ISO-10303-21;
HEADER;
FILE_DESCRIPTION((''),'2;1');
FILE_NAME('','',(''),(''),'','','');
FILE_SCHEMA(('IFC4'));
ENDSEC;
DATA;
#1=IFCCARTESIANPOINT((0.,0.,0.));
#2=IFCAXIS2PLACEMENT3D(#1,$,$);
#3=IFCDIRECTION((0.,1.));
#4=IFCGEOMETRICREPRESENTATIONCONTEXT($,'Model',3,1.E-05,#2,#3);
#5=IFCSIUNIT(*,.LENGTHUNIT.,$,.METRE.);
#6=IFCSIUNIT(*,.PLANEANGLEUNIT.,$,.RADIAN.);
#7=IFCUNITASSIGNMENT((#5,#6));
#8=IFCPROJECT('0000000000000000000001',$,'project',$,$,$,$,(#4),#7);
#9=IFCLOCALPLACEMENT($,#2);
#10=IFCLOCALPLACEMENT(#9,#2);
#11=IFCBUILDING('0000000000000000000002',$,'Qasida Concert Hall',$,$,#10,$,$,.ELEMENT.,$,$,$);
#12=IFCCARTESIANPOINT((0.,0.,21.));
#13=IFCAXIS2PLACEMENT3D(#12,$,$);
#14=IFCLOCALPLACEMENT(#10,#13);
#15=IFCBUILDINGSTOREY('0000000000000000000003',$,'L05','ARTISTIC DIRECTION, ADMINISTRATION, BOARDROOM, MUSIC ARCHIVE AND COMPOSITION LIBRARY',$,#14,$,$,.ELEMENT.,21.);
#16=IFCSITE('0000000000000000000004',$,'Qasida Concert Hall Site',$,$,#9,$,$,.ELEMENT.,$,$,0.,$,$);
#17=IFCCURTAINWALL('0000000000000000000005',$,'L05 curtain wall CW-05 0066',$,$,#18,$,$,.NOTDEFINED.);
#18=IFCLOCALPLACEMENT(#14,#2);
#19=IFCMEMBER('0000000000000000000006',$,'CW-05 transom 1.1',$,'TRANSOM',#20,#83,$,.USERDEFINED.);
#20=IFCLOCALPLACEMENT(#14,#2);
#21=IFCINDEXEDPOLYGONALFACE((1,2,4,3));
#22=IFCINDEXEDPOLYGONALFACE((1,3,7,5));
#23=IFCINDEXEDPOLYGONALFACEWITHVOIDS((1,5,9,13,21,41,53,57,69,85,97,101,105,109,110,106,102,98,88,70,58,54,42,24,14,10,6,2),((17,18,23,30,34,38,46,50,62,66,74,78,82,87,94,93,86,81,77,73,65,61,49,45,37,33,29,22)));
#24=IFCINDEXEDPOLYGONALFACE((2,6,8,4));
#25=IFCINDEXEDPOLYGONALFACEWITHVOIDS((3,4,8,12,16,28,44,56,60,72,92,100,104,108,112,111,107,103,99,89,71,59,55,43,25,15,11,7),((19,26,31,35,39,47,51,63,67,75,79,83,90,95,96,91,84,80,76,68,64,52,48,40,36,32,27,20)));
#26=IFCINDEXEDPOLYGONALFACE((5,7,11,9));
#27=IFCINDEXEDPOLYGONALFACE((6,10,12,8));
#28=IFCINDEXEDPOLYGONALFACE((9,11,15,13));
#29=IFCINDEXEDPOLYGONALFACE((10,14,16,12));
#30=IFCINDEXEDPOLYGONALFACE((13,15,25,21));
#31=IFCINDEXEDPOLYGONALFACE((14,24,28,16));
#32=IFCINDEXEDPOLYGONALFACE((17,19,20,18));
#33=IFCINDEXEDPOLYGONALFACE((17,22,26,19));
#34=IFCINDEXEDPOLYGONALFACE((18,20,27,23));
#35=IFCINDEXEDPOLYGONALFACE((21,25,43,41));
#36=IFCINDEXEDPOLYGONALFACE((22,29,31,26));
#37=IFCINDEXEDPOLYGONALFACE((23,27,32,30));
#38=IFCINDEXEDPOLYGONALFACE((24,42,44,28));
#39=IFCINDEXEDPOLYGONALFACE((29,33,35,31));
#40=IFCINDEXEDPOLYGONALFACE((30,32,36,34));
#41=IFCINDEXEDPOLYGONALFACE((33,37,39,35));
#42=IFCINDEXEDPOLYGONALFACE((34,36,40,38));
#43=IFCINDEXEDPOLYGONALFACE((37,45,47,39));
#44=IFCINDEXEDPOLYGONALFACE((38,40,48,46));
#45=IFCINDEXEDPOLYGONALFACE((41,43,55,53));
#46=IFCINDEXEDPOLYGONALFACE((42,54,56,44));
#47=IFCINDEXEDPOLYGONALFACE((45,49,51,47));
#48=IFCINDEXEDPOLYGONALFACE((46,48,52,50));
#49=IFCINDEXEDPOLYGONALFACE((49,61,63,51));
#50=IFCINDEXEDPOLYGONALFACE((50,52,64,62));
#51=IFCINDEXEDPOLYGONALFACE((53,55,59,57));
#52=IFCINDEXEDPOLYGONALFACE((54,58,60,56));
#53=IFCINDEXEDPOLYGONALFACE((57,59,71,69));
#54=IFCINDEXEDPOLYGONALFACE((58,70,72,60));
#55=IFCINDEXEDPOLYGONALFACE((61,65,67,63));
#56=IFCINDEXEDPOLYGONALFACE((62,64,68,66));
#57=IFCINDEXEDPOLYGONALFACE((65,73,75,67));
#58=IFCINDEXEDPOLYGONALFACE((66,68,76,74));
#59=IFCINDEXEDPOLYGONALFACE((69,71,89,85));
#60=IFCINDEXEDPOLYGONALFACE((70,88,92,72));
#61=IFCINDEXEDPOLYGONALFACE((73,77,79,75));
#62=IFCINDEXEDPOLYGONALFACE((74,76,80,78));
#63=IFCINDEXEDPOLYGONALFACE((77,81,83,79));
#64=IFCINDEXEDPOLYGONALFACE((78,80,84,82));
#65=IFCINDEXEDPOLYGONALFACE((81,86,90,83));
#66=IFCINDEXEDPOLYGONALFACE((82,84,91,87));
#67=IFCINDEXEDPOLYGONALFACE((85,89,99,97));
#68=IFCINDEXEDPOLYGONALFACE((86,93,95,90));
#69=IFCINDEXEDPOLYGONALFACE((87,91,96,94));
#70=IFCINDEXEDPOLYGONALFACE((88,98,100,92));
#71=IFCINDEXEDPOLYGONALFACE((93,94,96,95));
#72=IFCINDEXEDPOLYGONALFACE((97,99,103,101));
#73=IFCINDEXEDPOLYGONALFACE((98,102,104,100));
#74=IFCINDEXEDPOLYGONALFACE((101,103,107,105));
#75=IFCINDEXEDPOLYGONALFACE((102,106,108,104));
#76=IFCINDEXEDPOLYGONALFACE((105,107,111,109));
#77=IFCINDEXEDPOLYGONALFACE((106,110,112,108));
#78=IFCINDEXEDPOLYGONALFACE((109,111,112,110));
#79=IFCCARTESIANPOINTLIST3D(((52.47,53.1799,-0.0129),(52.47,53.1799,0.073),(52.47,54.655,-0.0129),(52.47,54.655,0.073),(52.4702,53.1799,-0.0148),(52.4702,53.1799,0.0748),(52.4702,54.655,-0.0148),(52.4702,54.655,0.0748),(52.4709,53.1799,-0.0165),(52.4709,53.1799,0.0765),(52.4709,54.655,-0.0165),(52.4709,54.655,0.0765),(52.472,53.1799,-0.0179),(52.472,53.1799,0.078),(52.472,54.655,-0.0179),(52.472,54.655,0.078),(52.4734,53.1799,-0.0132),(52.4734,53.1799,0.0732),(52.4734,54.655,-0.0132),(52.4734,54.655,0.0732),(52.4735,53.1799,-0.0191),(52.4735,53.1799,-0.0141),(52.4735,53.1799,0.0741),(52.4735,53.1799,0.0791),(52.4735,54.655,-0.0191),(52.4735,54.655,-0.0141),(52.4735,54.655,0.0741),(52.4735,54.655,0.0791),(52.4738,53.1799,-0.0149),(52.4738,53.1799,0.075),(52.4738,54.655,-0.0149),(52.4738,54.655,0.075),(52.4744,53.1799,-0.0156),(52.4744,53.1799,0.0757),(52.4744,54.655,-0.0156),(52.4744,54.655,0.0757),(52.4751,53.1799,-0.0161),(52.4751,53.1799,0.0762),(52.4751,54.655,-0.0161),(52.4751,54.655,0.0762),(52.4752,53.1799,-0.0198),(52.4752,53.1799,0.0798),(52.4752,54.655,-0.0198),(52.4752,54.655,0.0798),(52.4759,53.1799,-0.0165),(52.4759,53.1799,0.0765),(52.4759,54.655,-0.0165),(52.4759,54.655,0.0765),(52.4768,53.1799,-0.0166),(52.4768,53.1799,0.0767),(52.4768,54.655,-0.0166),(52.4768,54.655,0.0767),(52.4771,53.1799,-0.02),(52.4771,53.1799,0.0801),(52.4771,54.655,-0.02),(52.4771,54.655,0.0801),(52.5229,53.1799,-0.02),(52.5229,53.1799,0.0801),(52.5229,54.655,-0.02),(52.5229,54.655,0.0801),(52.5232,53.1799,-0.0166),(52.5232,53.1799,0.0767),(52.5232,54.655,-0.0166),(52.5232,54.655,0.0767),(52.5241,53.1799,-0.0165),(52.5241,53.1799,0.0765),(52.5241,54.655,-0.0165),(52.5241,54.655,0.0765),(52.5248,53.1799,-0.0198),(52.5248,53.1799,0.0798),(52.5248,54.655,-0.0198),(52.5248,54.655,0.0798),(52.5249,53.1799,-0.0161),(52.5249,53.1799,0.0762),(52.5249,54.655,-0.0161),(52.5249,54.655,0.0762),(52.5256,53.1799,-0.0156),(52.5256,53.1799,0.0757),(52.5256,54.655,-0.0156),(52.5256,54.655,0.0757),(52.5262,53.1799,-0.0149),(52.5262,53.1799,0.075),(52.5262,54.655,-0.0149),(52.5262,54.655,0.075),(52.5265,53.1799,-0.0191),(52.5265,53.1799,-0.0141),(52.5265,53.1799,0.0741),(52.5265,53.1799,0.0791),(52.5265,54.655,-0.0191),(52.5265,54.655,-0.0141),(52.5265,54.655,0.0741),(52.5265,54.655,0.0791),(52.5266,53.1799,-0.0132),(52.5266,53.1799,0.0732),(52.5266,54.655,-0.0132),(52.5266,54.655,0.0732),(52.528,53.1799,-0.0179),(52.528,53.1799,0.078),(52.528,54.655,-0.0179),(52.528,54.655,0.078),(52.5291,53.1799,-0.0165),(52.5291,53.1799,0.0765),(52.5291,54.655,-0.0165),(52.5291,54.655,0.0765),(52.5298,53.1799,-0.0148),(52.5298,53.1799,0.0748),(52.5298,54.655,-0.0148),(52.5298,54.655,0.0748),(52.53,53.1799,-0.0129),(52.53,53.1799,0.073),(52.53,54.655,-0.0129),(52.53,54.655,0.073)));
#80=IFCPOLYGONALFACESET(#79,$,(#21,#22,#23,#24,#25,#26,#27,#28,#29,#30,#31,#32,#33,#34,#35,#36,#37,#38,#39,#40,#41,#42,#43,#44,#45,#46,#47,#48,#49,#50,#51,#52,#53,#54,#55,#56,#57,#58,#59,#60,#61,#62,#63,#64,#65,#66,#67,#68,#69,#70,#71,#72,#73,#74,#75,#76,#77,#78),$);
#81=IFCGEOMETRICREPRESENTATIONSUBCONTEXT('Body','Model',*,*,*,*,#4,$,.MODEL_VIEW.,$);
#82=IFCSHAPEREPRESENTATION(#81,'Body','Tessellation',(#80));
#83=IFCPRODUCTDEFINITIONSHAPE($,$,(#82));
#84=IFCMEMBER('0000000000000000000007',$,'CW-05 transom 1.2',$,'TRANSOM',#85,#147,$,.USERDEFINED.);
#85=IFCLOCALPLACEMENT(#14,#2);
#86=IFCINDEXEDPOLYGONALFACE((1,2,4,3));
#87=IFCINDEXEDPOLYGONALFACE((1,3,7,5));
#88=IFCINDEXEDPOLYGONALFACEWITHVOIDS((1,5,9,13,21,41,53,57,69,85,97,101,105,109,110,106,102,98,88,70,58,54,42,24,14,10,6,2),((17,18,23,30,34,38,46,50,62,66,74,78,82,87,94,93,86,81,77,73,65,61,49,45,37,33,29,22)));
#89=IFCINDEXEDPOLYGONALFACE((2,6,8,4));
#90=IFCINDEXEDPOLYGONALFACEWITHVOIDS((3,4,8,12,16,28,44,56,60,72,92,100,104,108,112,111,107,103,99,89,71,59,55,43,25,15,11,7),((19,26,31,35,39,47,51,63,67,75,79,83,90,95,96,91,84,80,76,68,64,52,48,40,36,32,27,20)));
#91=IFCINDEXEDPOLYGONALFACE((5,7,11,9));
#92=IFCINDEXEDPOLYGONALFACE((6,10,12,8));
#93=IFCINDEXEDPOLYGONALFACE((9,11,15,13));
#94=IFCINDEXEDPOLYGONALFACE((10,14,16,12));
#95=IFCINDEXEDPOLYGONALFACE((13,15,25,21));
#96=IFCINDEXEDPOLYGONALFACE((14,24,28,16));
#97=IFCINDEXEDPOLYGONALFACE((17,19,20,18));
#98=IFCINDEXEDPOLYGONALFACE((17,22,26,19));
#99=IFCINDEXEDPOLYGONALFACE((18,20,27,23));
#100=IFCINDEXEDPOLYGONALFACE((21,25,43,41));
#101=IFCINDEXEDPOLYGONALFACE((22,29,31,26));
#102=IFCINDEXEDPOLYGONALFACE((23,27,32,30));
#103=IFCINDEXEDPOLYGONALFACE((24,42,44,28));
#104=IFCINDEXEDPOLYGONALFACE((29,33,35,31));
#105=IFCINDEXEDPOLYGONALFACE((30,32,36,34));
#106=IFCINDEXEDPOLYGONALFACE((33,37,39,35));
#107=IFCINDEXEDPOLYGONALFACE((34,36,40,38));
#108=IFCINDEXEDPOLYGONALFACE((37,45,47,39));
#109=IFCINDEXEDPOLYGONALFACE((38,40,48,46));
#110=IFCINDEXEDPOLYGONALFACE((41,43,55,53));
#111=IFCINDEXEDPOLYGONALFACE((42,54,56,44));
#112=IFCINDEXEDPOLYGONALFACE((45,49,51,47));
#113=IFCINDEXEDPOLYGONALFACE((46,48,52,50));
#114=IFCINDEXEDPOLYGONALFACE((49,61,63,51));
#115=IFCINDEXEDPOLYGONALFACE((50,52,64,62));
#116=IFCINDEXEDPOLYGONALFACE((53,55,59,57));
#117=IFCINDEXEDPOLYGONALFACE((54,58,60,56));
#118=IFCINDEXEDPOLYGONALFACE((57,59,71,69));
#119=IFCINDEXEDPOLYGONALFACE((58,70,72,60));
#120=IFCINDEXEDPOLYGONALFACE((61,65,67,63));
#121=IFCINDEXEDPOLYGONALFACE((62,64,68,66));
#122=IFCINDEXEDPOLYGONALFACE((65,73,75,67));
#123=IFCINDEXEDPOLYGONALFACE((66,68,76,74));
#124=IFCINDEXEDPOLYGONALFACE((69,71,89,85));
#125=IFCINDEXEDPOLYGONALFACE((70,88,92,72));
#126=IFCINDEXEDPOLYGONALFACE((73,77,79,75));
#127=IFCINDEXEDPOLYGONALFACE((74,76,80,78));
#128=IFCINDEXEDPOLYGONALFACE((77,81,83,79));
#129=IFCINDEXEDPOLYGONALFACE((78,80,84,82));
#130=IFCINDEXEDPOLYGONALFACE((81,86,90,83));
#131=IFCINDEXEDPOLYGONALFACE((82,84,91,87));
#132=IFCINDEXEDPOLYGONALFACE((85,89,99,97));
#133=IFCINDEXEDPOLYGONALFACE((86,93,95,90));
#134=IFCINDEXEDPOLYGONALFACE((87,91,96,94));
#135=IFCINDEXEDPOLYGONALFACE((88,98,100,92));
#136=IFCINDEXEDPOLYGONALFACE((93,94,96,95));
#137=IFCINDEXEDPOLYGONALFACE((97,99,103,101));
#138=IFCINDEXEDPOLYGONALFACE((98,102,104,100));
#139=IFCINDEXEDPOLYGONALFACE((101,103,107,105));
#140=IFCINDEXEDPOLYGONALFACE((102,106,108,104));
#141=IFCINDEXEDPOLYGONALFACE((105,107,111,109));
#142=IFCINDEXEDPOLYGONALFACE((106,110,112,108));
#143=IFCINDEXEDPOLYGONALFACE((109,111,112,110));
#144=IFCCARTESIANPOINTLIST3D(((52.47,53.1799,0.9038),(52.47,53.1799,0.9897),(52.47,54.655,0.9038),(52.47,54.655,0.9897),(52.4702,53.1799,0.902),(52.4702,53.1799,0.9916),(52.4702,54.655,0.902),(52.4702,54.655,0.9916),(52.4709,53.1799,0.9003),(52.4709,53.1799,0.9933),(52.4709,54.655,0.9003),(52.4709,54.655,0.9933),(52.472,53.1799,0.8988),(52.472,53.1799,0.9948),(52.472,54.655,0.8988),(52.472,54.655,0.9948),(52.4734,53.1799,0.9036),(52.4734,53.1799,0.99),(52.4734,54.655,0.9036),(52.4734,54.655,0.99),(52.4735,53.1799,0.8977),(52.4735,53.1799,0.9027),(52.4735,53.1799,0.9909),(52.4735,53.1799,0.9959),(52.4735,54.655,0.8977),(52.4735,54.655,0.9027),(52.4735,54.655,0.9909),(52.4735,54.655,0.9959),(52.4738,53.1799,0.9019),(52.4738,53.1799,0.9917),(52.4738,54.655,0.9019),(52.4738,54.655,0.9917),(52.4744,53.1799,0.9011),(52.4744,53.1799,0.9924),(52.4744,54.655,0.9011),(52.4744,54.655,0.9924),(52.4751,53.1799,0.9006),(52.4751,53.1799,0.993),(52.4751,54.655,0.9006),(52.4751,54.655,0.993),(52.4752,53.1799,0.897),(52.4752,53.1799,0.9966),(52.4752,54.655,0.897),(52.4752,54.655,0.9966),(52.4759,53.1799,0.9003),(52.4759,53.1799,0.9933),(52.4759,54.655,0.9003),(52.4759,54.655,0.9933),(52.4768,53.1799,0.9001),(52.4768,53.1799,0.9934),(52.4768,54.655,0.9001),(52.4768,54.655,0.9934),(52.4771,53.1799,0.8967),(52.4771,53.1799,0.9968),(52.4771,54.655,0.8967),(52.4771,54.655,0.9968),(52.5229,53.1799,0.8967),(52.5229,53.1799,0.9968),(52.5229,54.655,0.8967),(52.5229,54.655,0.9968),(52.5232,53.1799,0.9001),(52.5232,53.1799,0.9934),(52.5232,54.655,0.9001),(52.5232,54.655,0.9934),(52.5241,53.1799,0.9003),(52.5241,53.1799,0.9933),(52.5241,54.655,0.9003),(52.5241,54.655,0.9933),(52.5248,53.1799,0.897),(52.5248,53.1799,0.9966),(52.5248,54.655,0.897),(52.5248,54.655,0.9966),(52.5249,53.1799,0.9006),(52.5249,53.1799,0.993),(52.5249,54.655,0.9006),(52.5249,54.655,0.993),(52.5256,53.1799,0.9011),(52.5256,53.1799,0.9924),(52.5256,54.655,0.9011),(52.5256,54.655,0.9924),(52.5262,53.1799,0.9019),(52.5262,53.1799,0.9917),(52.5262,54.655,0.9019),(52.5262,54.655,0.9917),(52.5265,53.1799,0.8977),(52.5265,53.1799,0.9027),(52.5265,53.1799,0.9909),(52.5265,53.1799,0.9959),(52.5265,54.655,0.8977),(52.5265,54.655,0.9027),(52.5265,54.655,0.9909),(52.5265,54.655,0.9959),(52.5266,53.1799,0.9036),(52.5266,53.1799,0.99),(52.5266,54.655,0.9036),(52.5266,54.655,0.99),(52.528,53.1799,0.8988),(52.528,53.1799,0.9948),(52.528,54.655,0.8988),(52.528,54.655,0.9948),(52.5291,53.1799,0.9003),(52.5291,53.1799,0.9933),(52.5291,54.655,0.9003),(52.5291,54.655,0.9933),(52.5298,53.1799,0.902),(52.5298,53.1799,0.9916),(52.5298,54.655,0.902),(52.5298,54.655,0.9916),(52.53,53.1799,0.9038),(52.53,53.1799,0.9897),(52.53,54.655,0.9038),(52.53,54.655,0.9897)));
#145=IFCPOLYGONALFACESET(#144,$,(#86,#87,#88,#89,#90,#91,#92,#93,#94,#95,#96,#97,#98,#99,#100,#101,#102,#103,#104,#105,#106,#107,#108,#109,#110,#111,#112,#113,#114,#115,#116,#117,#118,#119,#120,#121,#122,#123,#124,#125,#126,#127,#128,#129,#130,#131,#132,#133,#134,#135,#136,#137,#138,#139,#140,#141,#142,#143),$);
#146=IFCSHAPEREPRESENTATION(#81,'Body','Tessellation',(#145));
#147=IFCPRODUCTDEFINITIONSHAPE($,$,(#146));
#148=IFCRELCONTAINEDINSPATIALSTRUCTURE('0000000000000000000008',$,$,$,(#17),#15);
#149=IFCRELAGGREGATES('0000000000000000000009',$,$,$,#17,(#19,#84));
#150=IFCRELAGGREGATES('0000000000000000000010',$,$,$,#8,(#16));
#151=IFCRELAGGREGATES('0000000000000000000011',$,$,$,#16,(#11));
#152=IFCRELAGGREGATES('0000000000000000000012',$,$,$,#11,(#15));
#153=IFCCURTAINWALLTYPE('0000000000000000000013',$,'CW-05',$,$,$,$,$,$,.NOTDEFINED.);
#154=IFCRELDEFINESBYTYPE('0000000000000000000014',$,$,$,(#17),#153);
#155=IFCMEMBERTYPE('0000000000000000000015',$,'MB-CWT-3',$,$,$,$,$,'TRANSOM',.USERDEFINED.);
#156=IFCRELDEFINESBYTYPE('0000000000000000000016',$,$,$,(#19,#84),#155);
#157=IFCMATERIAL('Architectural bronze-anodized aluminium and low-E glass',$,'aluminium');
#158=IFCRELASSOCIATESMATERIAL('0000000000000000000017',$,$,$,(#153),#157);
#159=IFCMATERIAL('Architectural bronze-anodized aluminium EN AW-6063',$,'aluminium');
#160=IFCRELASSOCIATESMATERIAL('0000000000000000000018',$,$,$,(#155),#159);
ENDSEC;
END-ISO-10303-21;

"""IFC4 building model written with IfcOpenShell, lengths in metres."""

from ifc_helpers import new_model, si_unit, direction, frame, origin, origin_2d, place, context, subcontext, project, spatial, hollow_rectangle, extrude, material, material_profile, profile_set, type_object, element, aggregate, save


model = new_model("IFC4")

# Units and contexts
model_context = context("Model", 3, precision=1e-05, world=origin(), true_north=direction((0.0, 1.0)))
body_context = subcontext(model_context, "Body", "Model", "MODEL_VIEW")
ifc_project = project(units=[si_unit("LENGTHUNIT", "METRE"), si_unit("PLANEANGLEUNIT", "RADIAN")], contexts=[model_context])

# Site, building, storey
site_placement = place(None, origin())
site = spatial("IfcSite", under=ifc_project, at=site_placement, Name="Qasida Concert Hall Site", CompositionType="ELEMENT", RefElevation=0.0)
building_placement = place(site_placement, origin())
building = spatial("IfcBuilding", under=site, at=building_placement, Name="Qasida Concert Hall", CompositionType="ELEMENT")
storey_placement = place(building_placement, frame((0.0, 0.0, 21.0)))
storey = spatial("IfcBuildingStorey", under=building, at=storey_placement, Name="L05", Description="ARTISTIC DIRECTION, ADMINISTRATION, BOARDROOM, MUSIC ARCHIVE AND COMPOSITION LIBRARY", CompositionType="ELEMENT", Elevation=21.0)

# Curtain wall, members
ifc_material_1 = material(Name="Architectural bronze-anodized aluminium and low-E glass", Category="aluminium")
curtain_wall_type = type_object("IfcCurtainWallType", Name="CW-05", PredefinedType="NOTDEFINED", material=ifc_material_1)
curtain_wall_placement = place(storey_placement, origin())
curtain_wall = element("IfcCurtainWall", 1, at=curtain_wall_placement, inside=storey, type_object=curtain_wall_type, Name="L05 curtain wall CW-05 0066", PredefinedType="NOTDEFINED")
ifc_material_2 = material(Name="Architectural bronze-anodized aluminium EN AW-6063", Category="aluminium")
ifc_material_profile_1 = material_profile(ifc_material_2, hollow_rectangle(XDim=0.0601, YDim=0.1001, WallThickness=0.0034, InnerFilletRadius=0.0034, OuterFilletRadius=0.0071, at=origin_2d()), Name="CWT 100x60x3.5")
ifc_profile_set_1 = profile_set([ifc_material_profile_1], Name="Architectural bronze-anodized aluminium EN AW-6063")
member_type_1 = type_object("IfcMemberType", Name="MB-CWT-3", ElementType="TRANSOM", PredefinedType="USERDEFINED", material=ifc_profile_set_1)
member_1_placement = place(storey_placement, frame((52.5, 53.1799, 0.03), z_axis=(0.0, 1.0, 0.0), x_axis=(-1.0, 0.0, 0.0)))
member_1 = element("IfcMember", 2, at=member_1_placement, type_object=member_type_1, Name="CW-05 transom 1.1", ObjectType="TRANSOM", PredefinedType="USERDEFINED", context=body_context, shape_type="SweptSolid", body=[
    extrude(hollow_rectangle(XDim=0.0601, YDim=0.1001, WallThickness=0.0034, InnerFilletRadius=0.0034, OuterFilletRadius=0.0071, at=origin_2d()), origin(), (0.0, 0.0, 1.0), 1.4751),
])
member_2_placement = place(storey_placement, frame((52.5, 53.1799, 0.9468), z_axis=(0.0, 1.0, 0.0), x_axis=(-1.0, 0.0, 0.0)))
member_2 = element("IfcMember", 3, at=member_2_placement, type_object=member_type_1, Name="CW-05 transom 1.2", ObjectType="TRANSOM", PredefinedType="USERDEFINED", context=body_context, shape_type="SweptSolid", body=[
    extrude(hollow_rectangle(XDim=0.0601, YDim=0.1001, WallThickness=0.0034, InnerFilletRadius=0.0034, OuterFilletRadius=0.0071, at=origin_2d()), origin(), (0.0, 0.0, 1.0), 1.4751),
])
aggregate(curtain_wall, [member_1, member_2])

save(model, "model.ifc")
